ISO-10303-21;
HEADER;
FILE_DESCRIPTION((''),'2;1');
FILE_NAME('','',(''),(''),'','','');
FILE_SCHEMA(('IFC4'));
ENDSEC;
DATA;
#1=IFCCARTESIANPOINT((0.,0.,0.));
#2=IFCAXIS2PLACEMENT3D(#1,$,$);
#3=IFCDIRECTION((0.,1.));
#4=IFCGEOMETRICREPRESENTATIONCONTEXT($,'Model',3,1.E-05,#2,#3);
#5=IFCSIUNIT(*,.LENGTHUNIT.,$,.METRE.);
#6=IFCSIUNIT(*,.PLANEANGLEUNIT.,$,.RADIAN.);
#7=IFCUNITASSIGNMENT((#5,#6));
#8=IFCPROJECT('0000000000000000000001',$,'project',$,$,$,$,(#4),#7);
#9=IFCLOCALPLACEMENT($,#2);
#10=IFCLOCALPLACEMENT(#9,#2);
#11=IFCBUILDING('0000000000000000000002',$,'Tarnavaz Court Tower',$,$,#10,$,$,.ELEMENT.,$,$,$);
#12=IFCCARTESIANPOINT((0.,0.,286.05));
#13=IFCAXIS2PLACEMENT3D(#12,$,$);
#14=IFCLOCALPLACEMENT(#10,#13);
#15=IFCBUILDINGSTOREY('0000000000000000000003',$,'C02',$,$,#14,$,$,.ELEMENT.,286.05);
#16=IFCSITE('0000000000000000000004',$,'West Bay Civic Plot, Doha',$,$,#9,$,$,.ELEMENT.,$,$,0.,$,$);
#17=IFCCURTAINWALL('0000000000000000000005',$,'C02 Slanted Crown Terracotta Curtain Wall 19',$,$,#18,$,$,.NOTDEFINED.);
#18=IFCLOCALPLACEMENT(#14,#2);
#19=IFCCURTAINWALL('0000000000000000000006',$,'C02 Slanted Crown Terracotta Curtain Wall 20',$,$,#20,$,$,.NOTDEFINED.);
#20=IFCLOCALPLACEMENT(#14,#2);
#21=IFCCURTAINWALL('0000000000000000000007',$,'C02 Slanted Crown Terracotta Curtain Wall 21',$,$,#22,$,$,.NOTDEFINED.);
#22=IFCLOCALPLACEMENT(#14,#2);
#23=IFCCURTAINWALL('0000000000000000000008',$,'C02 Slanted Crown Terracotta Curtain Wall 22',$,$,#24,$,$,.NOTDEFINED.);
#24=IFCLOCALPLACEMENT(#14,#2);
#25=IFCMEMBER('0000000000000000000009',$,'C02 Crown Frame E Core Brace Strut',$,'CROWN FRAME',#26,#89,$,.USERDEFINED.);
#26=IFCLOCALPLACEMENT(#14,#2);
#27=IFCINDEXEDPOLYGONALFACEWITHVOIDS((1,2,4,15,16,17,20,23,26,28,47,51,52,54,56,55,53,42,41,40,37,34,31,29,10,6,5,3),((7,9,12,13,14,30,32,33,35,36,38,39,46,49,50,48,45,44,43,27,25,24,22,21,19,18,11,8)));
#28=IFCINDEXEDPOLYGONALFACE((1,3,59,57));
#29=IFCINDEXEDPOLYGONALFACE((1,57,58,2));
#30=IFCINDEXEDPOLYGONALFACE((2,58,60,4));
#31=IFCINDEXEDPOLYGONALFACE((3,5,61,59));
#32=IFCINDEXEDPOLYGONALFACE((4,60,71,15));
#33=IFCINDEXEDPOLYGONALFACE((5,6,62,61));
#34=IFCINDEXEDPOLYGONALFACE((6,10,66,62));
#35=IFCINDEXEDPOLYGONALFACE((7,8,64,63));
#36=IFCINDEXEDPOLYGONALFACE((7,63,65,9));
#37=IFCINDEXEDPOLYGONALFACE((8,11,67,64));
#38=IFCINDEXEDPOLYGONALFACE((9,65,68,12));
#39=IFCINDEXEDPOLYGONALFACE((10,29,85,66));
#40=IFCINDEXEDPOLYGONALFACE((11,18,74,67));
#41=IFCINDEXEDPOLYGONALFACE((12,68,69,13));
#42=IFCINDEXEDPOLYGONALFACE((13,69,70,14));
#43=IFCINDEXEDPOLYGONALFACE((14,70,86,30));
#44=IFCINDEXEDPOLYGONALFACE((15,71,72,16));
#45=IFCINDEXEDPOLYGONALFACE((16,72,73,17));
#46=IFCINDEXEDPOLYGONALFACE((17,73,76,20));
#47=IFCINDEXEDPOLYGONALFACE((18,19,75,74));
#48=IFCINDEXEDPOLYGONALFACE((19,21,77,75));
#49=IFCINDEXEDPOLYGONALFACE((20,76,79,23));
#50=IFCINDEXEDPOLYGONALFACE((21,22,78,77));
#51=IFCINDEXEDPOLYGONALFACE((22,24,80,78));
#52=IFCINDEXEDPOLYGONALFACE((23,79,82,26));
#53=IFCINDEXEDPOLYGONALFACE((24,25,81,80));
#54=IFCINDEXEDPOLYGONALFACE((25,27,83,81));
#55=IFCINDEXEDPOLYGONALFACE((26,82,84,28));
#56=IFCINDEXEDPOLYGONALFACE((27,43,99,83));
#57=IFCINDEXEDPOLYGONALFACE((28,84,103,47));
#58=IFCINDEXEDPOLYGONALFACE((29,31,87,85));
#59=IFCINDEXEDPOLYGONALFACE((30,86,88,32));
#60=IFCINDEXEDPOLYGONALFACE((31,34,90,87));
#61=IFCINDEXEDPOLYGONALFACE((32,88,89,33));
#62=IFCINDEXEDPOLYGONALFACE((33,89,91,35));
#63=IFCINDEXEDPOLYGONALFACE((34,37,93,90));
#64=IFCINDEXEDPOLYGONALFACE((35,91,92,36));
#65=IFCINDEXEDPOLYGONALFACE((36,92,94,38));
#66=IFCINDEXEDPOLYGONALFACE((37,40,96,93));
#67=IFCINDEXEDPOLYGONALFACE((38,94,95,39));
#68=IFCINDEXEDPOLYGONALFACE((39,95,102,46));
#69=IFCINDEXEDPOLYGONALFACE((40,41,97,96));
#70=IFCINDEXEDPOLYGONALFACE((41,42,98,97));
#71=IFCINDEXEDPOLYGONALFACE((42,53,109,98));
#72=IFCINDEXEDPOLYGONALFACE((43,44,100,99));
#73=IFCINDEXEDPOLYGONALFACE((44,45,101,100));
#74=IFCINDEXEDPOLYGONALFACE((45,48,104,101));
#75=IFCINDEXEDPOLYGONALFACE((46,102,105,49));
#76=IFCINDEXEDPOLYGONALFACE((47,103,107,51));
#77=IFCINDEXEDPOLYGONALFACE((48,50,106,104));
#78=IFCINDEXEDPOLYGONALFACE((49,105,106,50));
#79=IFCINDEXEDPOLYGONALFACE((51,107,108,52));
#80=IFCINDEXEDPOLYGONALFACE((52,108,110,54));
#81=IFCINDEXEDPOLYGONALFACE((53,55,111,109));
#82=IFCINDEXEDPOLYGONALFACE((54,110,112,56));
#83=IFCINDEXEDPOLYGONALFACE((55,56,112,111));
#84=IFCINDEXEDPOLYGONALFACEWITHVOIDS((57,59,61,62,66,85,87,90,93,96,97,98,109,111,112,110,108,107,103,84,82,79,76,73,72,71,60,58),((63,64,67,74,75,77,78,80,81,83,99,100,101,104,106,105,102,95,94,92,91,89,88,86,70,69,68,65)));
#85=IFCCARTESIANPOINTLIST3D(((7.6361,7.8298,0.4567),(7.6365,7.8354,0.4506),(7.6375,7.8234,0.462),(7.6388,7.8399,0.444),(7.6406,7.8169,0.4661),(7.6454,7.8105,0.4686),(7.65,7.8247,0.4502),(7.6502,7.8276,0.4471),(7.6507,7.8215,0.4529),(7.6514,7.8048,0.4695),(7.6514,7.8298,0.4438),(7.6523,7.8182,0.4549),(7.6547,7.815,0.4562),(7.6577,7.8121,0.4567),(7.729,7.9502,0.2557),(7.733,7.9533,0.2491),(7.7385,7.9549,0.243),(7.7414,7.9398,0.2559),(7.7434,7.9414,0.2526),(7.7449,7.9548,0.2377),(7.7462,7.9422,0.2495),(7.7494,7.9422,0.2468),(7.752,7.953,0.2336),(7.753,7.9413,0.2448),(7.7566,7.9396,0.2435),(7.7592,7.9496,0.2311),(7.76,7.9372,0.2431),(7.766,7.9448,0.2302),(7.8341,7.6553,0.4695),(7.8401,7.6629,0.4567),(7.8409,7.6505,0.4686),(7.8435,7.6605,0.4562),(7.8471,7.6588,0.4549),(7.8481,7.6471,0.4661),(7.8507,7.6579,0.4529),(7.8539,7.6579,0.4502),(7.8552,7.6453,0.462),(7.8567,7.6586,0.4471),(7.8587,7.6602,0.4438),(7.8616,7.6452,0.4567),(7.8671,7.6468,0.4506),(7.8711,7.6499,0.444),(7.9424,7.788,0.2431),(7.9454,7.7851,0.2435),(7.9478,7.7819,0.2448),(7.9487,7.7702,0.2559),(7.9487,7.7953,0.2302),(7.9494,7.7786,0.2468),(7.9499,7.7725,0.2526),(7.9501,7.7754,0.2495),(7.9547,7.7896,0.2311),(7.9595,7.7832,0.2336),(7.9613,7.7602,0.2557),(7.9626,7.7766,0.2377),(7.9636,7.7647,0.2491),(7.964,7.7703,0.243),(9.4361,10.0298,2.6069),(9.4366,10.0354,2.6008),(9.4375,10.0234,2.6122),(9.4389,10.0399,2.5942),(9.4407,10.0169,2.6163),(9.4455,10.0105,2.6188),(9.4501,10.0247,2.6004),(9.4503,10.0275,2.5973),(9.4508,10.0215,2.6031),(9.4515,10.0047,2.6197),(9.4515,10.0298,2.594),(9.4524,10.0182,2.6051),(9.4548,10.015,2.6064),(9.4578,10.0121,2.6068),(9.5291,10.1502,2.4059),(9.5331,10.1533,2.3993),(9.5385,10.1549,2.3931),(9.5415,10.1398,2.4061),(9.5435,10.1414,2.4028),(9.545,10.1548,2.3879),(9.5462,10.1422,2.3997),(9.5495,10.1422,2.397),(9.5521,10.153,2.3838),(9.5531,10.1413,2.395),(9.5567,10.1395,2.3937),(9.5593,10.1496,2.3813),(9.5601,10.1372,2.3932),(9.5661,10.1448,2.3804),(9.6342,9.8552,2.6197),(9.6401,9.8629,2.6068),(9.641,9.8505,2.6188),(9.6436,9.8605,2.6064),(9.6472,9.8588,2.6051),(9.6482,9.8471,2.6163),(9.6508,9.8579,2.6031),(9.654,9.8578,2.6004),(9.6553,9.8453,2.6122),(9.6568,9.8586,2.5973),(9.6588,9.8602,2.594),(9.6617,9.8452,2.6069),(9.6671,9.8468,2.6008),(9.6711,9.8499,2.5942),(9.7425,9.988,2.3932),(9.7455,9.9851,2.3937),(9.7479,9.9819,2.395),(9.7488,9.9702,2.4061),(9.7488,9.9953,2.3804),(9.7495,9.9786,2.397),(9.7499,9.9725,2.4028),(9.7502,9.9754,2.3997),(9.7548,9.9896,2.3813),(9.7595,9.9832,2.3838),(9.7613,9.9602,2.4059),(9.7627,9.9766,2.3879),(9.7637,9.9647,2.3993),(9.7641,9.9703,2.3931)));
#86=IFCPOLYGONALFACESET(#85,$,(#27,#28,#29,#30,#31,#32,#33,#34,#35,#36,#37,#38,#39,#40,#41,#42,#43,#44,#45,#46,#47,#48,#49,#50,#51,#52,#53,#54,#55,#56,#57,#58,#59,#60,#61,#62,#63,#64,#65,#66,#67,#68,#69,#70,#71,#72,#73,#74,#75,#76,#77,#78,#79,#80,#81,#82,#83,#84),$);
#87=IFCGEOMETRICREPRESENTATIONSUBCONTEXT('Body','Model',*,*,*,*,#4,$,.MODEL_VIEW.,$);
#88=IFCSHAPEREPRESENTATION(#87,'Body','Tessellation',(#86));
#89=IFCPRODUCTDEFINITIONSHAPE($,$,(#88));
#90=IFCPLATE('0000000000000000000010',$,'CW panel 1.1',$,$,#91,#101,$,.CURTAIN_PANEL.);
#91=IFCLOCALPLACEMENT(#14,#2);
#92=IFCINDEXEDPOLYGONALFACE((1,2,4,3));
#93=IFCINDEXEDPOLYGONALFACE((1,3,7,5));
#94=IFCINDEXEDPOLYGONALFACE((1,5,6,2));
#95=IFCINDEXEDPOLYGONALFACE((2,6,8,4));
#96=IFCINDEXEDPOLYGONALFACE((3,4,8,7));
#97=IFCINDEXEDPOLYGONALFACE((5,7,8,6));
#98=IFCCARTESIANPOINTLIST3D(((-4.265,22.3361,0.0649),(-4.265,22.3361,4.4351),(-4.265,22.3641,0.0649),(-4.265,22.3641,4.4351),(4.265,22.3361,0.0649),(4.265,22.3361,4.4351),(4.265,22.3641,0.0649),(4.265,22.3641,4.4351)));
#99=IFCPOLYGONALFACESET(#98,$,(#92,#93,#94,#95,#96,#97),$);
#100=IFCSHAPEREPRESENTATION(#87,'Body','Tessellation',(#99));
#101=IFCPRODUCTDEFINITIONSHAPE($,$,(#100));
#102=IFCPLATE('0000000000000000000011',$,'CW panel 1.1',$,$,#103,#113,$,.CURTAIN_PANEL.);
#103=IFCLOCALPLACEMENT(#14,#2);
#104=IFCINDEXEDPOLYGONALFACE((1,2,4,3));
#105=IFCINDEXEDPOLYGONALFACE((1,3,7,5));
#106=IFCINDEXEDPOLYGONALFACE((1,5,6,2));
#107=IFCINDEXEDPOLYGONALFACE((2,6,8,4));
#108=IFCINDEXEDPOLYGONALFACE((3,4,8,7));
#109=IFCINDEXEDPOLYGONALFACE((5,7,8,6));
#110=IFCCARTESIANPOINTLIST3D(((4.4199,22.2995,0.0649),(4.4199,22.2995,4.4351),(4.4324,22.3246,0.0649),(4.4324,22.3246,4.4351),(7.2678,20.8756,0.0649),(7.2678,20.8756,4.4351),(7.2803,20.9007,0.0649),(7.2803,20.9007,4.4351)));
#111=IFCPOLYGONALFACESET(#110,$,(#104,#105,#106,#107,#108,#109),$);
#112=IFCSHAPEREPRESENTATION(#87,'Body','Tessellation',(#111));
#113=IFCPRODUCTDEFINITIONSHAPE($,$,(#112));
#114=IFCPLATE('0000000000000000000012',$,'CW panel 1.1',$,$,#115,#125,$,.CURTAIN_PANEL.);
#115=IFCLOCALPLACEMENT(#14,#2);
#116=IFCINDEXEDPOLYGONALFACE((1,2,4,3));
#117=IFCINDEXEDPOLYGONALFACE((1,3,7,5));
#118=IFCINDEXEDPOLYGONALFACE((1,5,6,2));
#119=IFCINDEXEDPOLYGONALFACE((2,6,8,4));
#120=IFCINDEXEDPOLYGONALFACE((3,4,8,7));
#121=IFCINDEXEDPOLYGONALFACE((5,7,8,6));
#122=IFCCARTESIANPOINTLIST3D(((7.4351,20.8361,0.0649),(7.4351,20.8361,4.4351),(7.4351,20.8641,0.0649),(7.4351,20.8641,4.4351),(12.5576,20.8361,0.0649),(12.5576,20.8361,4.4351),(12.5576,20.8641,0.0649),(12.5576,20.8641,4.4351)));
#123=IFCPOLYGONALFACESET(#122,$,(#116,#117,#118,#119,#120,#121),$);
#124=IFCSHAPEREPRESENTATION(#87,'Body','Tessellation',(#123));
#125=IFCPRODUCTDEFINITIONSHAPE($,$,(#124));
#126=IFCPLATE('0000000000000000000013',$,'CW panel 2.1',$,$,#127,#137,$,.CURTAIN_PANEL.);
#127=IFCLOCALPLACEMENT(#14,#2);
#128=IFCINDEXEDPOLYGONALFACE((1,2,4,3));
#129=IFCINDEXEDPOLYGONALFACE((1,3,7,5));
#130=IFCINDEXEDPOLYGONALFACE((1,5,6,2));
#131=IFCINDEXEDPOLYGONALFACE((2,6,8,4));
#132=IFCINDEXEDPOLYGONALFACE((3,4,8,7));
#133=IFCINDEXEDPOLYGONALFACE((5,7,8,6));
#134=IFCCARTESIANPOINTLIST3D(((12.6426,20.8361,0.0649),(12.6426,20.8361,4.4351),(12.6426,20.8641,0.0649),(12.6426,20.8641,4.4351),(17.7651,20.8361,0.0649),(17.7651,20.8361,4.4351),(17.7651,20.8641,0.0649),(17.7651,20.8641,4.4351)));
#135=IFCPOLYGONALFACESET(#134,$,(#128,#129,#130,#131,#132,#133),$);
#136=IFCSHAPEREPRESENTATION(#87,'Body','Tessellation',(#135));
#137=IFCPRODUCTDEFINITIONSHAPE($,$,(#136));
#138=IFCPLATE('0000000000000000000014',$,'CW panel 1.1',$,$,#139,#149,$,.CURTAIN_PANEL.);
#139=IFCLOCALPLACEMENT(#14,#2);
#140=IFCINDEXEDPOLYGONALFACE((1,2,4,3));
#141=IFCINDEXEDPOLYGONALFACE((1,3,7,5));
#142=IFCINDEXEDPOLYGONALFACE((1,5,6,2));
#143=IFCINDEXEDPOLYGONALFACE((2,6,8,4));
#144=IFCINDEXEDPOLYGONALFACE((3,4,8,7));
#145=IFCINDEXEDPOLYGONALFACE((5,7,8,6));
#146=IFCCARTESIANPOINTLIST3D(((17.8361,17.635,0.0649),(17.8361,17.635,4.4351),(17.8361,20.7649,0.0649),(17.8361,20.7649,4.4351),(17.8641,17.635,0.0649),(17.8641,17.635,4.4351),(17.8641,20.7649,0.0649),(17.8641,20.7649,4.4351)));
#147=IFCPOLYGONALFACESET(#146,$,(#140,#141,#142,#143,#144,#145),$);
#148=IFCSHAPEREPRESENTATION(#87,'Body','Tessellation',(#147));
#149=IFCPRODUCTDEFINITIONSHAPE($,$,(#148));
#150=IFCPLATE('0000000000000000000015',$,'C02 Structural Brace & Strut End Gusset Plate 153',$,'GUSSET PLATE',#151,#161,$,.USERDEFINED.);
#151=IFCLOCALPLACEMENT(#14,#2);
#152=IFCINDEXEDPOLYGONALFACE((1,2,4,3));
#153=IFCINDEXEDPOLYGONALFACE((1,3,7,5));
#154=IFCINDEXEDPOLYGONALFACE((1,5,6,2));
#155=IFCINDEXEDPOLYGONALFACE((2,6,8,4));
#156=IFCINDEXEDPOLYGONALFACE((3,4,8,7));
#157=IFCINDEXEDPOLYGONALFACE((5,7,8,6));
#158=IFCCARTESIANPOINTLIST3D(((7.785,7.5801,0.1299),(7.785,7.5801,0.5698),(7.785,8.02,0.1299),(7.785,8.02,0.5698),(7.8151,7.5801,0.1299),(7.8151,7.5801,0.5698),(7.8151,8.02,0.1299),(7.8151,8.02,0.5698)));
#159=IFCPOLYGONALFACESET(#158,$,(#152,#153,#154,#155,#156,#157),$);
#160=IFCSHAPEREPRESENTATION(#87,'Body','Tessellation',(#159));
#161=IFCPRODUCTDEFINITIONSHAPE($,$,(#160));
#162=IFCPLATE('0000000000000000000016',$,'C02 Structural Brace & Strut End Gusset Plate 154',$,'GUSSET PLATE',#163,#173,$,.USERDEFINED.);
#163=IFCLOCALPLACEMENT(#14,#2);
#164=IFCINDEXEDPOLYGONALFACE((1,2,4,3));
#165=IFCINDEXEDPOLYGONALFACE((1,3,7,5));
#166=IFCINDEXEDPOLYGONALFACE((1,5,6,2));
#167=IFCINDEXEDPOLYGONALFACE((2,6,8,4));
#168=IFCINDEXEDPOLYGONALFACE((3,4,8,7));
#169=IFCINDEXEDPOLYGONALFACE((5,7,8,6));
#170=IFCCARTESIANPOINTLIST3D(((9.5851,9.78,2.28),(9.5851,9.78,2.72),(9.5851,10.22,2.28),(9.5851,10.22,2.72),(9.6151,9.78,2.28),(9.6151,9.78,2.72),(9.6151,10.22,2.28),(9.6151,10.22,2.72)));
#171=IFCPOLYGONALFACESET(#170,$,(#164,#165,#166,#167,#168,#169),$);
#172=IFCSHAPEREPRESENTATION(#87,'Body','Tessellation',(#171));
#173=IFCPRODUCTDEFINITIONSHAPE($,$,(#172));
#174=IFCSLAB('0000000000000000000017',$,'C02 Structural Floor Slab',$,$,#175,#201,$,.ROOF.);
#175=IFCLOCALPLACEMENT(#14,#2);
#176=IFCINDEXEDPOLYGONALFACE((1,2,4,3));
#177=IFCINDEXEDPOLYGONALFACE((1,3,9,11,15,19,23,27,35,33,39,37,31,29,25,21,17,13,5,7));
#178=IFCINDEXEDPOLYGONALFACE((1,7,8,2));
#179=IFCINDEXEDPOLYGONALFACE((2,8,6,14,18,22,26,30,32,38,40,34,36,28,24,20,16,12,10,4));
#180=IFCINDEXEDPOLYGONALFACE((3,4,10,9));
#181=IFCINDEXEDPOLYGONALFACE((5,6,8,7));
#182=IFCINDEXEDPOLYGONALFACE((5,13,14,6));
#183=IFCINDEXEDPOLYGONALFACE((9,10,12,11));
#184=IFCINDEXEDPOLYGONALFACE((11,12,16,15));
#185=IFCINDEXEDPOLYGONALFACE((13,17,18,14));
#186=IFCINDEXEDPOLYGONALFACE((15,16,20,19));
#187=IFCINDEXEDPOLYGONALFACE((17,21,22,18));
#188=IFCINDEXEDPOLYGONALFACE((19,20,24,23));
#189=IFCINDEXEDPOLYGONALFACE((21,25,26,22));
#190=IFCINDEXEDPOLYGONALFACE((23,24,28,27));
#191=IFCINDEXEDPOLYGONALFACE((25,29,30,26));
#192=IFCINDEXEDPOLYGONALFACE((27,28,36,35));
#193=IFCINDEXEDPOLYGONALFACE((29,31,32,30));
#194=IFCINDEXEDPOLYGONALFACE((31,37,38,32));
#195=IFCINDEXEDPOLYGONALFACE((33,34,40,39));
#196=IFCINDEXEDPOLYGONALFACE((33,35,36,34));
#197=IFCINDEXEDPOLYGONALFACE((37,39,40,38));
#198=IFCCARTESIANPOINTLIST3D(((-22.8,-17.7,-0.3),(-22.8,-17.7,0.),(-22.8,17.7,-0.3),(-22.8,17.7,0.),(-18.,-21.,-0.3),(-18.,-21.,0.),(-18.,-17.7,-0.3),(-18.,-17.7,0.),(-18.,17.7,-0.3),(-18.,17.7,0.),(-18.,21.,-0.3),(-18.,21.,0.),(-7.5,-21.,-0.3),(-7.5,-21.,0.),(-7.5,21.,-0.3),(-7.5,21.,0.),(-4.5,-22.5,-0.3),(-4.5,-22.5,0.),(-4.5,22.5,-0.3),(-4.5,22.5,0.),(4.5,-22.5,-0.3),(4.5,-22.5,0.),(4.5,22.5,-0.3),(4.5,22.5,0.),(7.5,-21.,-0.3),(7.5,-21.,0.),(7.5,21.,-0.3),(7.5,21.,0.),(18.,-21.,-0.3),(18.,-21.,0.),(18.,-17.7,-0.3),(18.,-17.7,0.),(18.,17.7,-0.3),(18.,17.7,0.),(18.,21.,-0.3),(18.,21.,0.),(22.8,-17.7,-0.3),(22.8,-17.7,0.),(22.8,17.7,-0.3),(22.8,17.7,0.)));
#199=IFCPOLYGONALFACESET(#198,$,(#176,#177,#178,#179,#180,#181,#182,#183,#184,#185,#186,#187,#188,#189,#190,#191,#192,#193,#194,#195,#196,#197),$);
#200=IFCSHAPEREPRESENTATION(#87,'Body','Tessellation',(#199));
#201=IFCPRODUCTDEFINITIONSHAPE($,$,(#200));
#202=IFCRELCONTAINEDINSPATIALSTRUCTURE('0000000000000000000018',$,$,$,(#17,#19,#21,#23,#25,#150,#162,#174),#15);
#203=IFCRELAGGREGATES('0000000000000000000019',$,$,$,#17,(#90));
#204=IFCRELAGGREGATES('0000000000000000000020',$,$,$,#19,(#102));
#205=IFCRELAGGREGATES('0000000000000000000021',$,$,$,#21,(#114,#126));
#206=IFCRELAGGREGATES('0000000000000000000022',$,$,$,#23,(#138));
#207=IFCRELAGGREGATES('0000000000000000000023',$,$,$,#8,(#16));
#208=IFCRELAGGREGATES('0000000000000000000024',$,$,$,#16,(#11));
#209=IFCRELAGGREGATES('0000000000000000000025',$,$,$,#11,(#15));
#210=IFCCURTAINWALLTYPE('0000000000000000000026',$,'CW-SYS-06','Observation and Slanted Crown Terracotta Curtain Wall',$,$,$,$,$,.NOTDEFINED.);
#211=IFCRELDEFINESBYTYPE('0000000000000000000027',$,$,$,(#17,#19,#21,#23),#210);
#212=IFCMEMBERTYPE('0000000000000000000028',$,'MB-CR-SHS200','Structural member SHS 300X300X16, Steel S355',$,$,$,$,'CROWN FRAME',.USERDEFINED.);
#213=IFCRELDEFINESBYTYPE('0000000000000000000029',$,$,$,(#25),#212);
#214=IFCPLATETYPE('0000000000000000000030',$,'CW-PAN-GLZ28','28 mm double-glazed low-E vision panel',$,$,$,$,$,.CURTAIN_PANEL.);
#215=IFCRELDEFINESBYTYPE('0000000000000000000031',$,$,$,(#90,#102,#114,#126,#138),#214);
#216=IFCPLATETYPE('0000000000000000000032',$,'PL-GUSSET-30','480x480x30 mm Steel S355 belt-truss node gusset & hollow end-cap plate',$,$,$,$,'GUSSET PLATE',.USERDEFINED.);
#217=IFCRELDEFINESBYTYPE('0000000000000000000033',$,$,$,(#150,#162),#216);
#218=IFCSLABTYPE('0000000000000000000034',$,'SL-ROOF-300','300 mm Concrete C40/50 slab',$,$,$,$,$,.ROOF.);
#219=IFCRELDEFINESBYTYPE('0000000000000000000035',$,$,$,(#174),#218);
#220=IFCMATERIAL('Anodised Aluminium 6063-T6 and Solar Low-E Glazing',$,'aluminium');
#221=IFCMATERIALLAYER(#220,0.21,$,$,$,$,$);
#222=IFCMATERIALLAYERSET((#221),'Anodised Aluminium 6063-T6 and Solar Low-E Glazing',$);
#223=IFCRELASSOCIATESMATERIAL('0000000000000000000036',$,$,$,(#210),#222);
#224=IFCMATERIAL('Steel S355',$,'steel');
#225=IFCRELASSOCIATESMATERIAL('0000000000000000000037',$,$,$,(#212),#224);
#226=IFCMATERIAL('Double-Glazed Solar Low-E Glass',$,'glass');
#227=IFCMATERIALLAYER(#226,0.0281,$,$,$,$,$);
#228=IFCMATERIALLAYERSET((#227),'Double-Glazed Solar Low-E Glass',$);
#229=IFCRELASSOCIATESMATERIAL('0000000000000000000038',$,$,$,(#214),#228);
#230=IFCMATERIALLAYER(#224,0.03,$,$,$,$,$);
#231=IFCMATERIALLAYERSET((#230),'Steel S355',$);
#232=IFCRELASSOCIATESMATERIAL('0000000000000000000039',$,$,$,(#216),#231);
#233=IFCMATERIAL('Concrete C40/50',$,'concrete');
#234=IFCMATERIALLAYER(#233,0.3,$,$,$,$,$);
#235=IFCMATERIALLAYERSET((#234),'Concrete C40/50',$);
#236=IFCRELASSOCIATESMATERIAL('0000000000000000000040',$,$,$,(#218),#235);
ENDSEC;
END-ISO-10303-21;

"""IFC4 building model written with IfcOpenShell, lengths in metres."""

from ifc_helpers import new_model, si_unit, direction, frame, origin, origin_2d, place, context, subcontext, project, spatial, polyline, rectangle, hollow_rectangle, outline, extrude, material, layer, layer_set, material_profile, profile_set, type_object, element, aggregate, save


model = new_model("IFC4")

# Units and contexts
model_context = context("Model", 3, precision=1e-05, world=origin(), true_north=direction((0.0, 1.0)))
body_context = subcontext(model_context, "Body", "Model", "MODEL_VIEW")
ifc_project = project(units=[si_unit("LENGTHUNIT", "METRE"), si_unit("PLANEANGLEUNIT", "RADIAN")], contexts=[model_context])

# Site, building, storey
site_placement = place(None, origin())
site = spatial("IfcSite", under=ifc_project, at=site_placement, Name="West Bay Civic Plot, Doha", CompositionType="ELEMENT", RefElevation=0.0)
building_placement = place(site_placement, origin())
building = spatial("IfcBuilding", under=site, at=building_placement, Name="Tarnavaz Court Tower", CompositionType="ELEMENT")
storey_placement = place(building_placement, frame((0.0, 0.0, 286.05)))
storey = spatial("IfcBuildingStorey", under=building, at=storey_placement, Name="C02", CompositionType="ELEMENT", Elevation=286.05)

# Shared definitions
ifc_material_1 = material(Name="Steel S355", Category="steel")

# Curtain wall
ifc_material_2 = material(Name="Anodised Aluminium 6063-T6 and Solar Low-E Glazing", Category="aluminium")
ifc_layer_1 = layer(ifc_material_2, 0.21)
ifc_layer_set_1 = layer_set([ifc_layer_1], Name="Anodised Aluminium 6063-T6 and Solar Low-E Glazing")
curtain_wall_type = type_object("IfcCurtainWallType", Name="CW-SYS-06", Description="Observation and Slanted Crown Terracotta Curtain Wall", PredefinedType="NOTDEFINED", material=ifc_layer_set_1)
curtain_wall_1_placement = place(storey_placement, origin())
curtain_wall_1 = element("IfcCurtainWall", 1, at=curtain_wall_1_placement, inside=storey, type_object=curtain_wall_type, Name="C02 Slanted Crown Terracotta Curtain Wall 19", PredefinedType="NOTDEFINED")

# Curtain walls
curtain_wall_2_placement = place(storey_placement, origin())
curtain_wall_2 = element("IfcCurtainWall", 2, at=curtain_wall_2_placement, inside=storey, type_object=curtain_wall_type, Name="C02 Slanted Crown Terracotta Curtain Wall 20", PredefinedType="NOTDEFINED")
curtain_wall_3_placement = place(storey_placement, origin())
curtain_wall_3 = element("IfcCurtainWall", 3, at=curtain_wall_3_placement, inside=storey, type_object=curtain_wall_type, Name="C02 Slanted Crown Terracotta Curtain Wall 21", PredefinedType="NOTDEFINED")
curtain_wall_4_placement = place(storey_placement, origin())
curtain_wall_4 = element("IfcCurtainWall", 4, at=curtain_wall_4_placement, inside=storey, type_object=curtain_wall_type, Name="C02 Slanted Crown Terracotta Curtain Wall 22", PredefinedType="NOTDEFINED")

# Member
ifc_material_profile_1 = material_profile(ifc_material_1, hollow_rectangle(XDim=0.3, YDim=0.3, WallThickness=0.0161, InnerFilletRadius=0.0161, OuterFilletRadius=0.032, at=origin_2d()), Name="SHS 300X300X16")
ifc_profile_set_1 = profile_set([ifc_material_profile_1], Name="Steel S355")
member_type_1 = type_object("IfcMemberType", Name="MB-CR-SHS200", Description="Structural member SHS 300X300X16, Steel S355", ElementType="CROWN FRAME", PredefinedType="USERDEFINED", material=ifc_profile_set_1)
member_1_placement = place(storey_placement, frame((7.8, 7.8, 0.3499), z_axis=(0.505044, 0.617246, 0.603272), x_axis=(-0.773942, 0.633256, 0.0)))
element("IfcMember", 5, at=member_1_placement, inside=storey, type_object=member_type_1, Name="C02 Crown Frame E Core Brace Strut", ObjectType="CROWN FRAME", PredefinedType="USERDEFINED", context=body_context, shape_type="SweptSolid", body=[
    extrude(hollow_rectangle(XDim=0.3, YDim=0.3, WallThickness=0.0161, InnerFilletRadius=0.0161, OuterFilletRadius=0.032, at=origin_2d()), origin(), (0.0, 0.0, 1.0), 3.5642),
])

# Plates
ifc_material_3 = material(Name="Double-Glazed Solar Low-E Glass", Category="glass")
ifc_layer_2 = layer(ifc_material_3, 0.0281)
ifc_layer_set_2 = layer_set([ifc_layer_2], Name="Double-Glazed Solar Low-E Glass")
plate_type_1 = type_object("IfcPlateType", Name="CW-PAN-GLZ28", Description="28 mm double-glazed low-E vision panel", PredefinedType="CURTAIN_PANEL", material=ifc_layer_set_2)
plate_1_placement = place(storey_placement, frame((0.0, 22.3501, 0.0649), z_axis=(0.0, 0.0, 1.0), x_axis=(1.0, 0.0, 0.0)))
plate_1 = element("IfcPlate", 6, at=plate_1_placement, type_object=plate_type_1, Name="CW panel 1.1", PredefinedType="CURTAIN_PANEL", context=body_context, shape_type="SweptSolid", body=[
    extrude(rectangle(XDim=8.53, YDim=0.0281, at=origin_2d()), origin(), (0.0, 0.0, 1.0), 4.3701),
])
aggregate(curtain_wall_1, [plate_1])
plate_2_placement = place(storey_placement, frame((5.8501, 21.6001, 0.0649), z_axis=(0.0, 0.0, 1.0), x_axis=(0.894427, -0.447214, 0.0)))
plate_2 = element("IfcPlate", 7, at=plate_2_placement, type_object=plate_type_1, Name="CW panel 1.1", PredefinedType="CURTAIN_PANEL", context=body_context, shape_type="SweptSolid", body=[
    extrude(rectangle(XDim=3.1841, YDim=0.0281, at=origin_2d()), origin(), (0.0, 0.0, 1.0), 4.3701),
])
aggregate(curtain_wall_2, [plate_2])
plate_3_placement = place(storey_placement, frame((9.9963, 20.8501, 0.0649), z_axis=(0.0, 0.0, 1.0), x_axis=(1.0, 0.0, 0.0)))
plate_3 = element("IfcPlate", 8, at=plate_3_placement, type_object=plate_type_1, Name="CW panel 1.1", PredefinedType="CURTAIN_PANEL", context=body_context, shape_type="SweptSolid", body=[
    extrude(rectangle(XDim=5.1226, YDim=0.0281, at=origin_2d()), origin(), (0.0, 0.0, 1.0), 4.3701),
])
plate_4_placement = place(storey_placement, frame((15.2039, 20.8501, 0.0649), z_axis=(0.0, 0.0, 1.0), x_axis=(1.0, 0.0, 0.0)))
plate_4 = element("IfcPlate", 9, at=plate_4_placement, type_object=plate_type_1, Name="CW panel 2.1", PredefinedType="CURTAIN_PANEL", context=body_context, shape_type="SweptSolid", body=[
    extrude(rectangle(XDim=5.1226, YDim=0.0281, at=origin_2d()), origin(), (0.0, 0.0, 1.0), 4.3701),
])
aggregate(curtain_wall_3, [plate_3, plate_4])
plate_5_placement = place(storey_placement, frame((17.8501, 19.2, 0.0649), z_axis=(0.0, 0.0, 1.0), x_axis=(0.0, -1.0, 0.0)))
plate_5 = element("IfcPlate", 10, at=plate_5_placement, type_object=plate_type_1, Name="CW panel 1.1", PredefinedType="CURTAIN_PANEL", context=body_context, shape_type="SweptSolid", body=[
    extrude(rectangle(XDim=3.1299, YDim=0.0281, at=origin_2d()), origin(), (0.0, 0.0, 1.0), 4.3701),
])
aggregate(curtain_wall_4, [plate_5])

# Plates
ifc_layer_3 = layer(ifc_material_1, 0.03)
ifc_layer_set_3 = layer_set([ifc_layer_3], Name="Steel S355")
plate_type_2 = type_object("IfcPlateType", Name="PL-GUSSET-30", Description="480x480x30 mm Steel S355 belt-truss node gusset & hollow end-cap plate", ElementType="GUSSET PLATE", PredefinedType="USERDEFINED", material=ifc_layer_set_3)
for number, where, z_axis, x_axis, name in (
    (11, (7.8, 7.8, 0.1299), (0.0, 0.0, 1.0), (0.0, 1.0, 0.0), "C02 Structural Brace & Strut End Gusset Plate 153"),
    (12, (9.6001, 10.0, 2.28), (0.0, 0.0, 1.0), (0.0, 1.0, 0.0), "C02 Structural Brace & Strut End Gusset Plate 154"),
):
    element("IfcPlate", number, at=place(storey_placement, frame(where, z_axis=z_axis, x_axis=x_axis)), inside=storey, type_object=plate_type_2, Name=name, ObjectType="GUSSET PLATE", PredefinedType="USERDEFINED", context=body_context, shape_type="SweptSolid", body=[
        extrude(rectangle(XDim=0.4399, YDim=0.03, at=origin_2d()), origin(), (0.0, 0.0, 1.0), 0.4399),
    ])

# Slab
ifc_material_4 = material(Name="Concrete C40/50", Category="concrete")
ifc_layer_4 = layer(ifc_material_4, 0.3)
ifc_layer_set_4 = layer_set([ifc_layer_4], Name="Concrete C40/50")
slab_type = type_object("IfcSlabType", Name="SL-ROOF-300", Description="300 mm Concrete C40/50 slab", PredefinedType="ROOF", material=ifc_layer_set_4)
slab_placement = place(storey_placement, frame((0.0, 0.0, -0.3)))
element("IfcSlab", 13, at=slab_placement, inside=storey, type_object=slab_type, Name="C02 Structural Floor Slab", PredefinedType="ROOF", context=body_context, shape_type="SweptSolid", body=[
    extrude(outline(polyline([(-7.5, -21.0), (-18.0, -21.0), (-18.0, -17.7), (-22.8, -17.7), (-22.8, 17.7), (-18.0, 17.7), (-18.0, 21.0), (-7.5, 21.0), (-4.5, 22.5), (4.5, 22.5), (7.5, 21.0), (18.0, 21.0), (18.0, 17.7), (22.8, 17.7), (22.8, -17.7), (18.0, -17.7), (18.0, -21.0), (7.5, -21.0), (4.5, -22.5), (-4.5, -22.5), (-7.5, -21.0)])), origin(), (0.0, 0.0, 1.0), 0.3),
])

save(model, "model.ifc")
